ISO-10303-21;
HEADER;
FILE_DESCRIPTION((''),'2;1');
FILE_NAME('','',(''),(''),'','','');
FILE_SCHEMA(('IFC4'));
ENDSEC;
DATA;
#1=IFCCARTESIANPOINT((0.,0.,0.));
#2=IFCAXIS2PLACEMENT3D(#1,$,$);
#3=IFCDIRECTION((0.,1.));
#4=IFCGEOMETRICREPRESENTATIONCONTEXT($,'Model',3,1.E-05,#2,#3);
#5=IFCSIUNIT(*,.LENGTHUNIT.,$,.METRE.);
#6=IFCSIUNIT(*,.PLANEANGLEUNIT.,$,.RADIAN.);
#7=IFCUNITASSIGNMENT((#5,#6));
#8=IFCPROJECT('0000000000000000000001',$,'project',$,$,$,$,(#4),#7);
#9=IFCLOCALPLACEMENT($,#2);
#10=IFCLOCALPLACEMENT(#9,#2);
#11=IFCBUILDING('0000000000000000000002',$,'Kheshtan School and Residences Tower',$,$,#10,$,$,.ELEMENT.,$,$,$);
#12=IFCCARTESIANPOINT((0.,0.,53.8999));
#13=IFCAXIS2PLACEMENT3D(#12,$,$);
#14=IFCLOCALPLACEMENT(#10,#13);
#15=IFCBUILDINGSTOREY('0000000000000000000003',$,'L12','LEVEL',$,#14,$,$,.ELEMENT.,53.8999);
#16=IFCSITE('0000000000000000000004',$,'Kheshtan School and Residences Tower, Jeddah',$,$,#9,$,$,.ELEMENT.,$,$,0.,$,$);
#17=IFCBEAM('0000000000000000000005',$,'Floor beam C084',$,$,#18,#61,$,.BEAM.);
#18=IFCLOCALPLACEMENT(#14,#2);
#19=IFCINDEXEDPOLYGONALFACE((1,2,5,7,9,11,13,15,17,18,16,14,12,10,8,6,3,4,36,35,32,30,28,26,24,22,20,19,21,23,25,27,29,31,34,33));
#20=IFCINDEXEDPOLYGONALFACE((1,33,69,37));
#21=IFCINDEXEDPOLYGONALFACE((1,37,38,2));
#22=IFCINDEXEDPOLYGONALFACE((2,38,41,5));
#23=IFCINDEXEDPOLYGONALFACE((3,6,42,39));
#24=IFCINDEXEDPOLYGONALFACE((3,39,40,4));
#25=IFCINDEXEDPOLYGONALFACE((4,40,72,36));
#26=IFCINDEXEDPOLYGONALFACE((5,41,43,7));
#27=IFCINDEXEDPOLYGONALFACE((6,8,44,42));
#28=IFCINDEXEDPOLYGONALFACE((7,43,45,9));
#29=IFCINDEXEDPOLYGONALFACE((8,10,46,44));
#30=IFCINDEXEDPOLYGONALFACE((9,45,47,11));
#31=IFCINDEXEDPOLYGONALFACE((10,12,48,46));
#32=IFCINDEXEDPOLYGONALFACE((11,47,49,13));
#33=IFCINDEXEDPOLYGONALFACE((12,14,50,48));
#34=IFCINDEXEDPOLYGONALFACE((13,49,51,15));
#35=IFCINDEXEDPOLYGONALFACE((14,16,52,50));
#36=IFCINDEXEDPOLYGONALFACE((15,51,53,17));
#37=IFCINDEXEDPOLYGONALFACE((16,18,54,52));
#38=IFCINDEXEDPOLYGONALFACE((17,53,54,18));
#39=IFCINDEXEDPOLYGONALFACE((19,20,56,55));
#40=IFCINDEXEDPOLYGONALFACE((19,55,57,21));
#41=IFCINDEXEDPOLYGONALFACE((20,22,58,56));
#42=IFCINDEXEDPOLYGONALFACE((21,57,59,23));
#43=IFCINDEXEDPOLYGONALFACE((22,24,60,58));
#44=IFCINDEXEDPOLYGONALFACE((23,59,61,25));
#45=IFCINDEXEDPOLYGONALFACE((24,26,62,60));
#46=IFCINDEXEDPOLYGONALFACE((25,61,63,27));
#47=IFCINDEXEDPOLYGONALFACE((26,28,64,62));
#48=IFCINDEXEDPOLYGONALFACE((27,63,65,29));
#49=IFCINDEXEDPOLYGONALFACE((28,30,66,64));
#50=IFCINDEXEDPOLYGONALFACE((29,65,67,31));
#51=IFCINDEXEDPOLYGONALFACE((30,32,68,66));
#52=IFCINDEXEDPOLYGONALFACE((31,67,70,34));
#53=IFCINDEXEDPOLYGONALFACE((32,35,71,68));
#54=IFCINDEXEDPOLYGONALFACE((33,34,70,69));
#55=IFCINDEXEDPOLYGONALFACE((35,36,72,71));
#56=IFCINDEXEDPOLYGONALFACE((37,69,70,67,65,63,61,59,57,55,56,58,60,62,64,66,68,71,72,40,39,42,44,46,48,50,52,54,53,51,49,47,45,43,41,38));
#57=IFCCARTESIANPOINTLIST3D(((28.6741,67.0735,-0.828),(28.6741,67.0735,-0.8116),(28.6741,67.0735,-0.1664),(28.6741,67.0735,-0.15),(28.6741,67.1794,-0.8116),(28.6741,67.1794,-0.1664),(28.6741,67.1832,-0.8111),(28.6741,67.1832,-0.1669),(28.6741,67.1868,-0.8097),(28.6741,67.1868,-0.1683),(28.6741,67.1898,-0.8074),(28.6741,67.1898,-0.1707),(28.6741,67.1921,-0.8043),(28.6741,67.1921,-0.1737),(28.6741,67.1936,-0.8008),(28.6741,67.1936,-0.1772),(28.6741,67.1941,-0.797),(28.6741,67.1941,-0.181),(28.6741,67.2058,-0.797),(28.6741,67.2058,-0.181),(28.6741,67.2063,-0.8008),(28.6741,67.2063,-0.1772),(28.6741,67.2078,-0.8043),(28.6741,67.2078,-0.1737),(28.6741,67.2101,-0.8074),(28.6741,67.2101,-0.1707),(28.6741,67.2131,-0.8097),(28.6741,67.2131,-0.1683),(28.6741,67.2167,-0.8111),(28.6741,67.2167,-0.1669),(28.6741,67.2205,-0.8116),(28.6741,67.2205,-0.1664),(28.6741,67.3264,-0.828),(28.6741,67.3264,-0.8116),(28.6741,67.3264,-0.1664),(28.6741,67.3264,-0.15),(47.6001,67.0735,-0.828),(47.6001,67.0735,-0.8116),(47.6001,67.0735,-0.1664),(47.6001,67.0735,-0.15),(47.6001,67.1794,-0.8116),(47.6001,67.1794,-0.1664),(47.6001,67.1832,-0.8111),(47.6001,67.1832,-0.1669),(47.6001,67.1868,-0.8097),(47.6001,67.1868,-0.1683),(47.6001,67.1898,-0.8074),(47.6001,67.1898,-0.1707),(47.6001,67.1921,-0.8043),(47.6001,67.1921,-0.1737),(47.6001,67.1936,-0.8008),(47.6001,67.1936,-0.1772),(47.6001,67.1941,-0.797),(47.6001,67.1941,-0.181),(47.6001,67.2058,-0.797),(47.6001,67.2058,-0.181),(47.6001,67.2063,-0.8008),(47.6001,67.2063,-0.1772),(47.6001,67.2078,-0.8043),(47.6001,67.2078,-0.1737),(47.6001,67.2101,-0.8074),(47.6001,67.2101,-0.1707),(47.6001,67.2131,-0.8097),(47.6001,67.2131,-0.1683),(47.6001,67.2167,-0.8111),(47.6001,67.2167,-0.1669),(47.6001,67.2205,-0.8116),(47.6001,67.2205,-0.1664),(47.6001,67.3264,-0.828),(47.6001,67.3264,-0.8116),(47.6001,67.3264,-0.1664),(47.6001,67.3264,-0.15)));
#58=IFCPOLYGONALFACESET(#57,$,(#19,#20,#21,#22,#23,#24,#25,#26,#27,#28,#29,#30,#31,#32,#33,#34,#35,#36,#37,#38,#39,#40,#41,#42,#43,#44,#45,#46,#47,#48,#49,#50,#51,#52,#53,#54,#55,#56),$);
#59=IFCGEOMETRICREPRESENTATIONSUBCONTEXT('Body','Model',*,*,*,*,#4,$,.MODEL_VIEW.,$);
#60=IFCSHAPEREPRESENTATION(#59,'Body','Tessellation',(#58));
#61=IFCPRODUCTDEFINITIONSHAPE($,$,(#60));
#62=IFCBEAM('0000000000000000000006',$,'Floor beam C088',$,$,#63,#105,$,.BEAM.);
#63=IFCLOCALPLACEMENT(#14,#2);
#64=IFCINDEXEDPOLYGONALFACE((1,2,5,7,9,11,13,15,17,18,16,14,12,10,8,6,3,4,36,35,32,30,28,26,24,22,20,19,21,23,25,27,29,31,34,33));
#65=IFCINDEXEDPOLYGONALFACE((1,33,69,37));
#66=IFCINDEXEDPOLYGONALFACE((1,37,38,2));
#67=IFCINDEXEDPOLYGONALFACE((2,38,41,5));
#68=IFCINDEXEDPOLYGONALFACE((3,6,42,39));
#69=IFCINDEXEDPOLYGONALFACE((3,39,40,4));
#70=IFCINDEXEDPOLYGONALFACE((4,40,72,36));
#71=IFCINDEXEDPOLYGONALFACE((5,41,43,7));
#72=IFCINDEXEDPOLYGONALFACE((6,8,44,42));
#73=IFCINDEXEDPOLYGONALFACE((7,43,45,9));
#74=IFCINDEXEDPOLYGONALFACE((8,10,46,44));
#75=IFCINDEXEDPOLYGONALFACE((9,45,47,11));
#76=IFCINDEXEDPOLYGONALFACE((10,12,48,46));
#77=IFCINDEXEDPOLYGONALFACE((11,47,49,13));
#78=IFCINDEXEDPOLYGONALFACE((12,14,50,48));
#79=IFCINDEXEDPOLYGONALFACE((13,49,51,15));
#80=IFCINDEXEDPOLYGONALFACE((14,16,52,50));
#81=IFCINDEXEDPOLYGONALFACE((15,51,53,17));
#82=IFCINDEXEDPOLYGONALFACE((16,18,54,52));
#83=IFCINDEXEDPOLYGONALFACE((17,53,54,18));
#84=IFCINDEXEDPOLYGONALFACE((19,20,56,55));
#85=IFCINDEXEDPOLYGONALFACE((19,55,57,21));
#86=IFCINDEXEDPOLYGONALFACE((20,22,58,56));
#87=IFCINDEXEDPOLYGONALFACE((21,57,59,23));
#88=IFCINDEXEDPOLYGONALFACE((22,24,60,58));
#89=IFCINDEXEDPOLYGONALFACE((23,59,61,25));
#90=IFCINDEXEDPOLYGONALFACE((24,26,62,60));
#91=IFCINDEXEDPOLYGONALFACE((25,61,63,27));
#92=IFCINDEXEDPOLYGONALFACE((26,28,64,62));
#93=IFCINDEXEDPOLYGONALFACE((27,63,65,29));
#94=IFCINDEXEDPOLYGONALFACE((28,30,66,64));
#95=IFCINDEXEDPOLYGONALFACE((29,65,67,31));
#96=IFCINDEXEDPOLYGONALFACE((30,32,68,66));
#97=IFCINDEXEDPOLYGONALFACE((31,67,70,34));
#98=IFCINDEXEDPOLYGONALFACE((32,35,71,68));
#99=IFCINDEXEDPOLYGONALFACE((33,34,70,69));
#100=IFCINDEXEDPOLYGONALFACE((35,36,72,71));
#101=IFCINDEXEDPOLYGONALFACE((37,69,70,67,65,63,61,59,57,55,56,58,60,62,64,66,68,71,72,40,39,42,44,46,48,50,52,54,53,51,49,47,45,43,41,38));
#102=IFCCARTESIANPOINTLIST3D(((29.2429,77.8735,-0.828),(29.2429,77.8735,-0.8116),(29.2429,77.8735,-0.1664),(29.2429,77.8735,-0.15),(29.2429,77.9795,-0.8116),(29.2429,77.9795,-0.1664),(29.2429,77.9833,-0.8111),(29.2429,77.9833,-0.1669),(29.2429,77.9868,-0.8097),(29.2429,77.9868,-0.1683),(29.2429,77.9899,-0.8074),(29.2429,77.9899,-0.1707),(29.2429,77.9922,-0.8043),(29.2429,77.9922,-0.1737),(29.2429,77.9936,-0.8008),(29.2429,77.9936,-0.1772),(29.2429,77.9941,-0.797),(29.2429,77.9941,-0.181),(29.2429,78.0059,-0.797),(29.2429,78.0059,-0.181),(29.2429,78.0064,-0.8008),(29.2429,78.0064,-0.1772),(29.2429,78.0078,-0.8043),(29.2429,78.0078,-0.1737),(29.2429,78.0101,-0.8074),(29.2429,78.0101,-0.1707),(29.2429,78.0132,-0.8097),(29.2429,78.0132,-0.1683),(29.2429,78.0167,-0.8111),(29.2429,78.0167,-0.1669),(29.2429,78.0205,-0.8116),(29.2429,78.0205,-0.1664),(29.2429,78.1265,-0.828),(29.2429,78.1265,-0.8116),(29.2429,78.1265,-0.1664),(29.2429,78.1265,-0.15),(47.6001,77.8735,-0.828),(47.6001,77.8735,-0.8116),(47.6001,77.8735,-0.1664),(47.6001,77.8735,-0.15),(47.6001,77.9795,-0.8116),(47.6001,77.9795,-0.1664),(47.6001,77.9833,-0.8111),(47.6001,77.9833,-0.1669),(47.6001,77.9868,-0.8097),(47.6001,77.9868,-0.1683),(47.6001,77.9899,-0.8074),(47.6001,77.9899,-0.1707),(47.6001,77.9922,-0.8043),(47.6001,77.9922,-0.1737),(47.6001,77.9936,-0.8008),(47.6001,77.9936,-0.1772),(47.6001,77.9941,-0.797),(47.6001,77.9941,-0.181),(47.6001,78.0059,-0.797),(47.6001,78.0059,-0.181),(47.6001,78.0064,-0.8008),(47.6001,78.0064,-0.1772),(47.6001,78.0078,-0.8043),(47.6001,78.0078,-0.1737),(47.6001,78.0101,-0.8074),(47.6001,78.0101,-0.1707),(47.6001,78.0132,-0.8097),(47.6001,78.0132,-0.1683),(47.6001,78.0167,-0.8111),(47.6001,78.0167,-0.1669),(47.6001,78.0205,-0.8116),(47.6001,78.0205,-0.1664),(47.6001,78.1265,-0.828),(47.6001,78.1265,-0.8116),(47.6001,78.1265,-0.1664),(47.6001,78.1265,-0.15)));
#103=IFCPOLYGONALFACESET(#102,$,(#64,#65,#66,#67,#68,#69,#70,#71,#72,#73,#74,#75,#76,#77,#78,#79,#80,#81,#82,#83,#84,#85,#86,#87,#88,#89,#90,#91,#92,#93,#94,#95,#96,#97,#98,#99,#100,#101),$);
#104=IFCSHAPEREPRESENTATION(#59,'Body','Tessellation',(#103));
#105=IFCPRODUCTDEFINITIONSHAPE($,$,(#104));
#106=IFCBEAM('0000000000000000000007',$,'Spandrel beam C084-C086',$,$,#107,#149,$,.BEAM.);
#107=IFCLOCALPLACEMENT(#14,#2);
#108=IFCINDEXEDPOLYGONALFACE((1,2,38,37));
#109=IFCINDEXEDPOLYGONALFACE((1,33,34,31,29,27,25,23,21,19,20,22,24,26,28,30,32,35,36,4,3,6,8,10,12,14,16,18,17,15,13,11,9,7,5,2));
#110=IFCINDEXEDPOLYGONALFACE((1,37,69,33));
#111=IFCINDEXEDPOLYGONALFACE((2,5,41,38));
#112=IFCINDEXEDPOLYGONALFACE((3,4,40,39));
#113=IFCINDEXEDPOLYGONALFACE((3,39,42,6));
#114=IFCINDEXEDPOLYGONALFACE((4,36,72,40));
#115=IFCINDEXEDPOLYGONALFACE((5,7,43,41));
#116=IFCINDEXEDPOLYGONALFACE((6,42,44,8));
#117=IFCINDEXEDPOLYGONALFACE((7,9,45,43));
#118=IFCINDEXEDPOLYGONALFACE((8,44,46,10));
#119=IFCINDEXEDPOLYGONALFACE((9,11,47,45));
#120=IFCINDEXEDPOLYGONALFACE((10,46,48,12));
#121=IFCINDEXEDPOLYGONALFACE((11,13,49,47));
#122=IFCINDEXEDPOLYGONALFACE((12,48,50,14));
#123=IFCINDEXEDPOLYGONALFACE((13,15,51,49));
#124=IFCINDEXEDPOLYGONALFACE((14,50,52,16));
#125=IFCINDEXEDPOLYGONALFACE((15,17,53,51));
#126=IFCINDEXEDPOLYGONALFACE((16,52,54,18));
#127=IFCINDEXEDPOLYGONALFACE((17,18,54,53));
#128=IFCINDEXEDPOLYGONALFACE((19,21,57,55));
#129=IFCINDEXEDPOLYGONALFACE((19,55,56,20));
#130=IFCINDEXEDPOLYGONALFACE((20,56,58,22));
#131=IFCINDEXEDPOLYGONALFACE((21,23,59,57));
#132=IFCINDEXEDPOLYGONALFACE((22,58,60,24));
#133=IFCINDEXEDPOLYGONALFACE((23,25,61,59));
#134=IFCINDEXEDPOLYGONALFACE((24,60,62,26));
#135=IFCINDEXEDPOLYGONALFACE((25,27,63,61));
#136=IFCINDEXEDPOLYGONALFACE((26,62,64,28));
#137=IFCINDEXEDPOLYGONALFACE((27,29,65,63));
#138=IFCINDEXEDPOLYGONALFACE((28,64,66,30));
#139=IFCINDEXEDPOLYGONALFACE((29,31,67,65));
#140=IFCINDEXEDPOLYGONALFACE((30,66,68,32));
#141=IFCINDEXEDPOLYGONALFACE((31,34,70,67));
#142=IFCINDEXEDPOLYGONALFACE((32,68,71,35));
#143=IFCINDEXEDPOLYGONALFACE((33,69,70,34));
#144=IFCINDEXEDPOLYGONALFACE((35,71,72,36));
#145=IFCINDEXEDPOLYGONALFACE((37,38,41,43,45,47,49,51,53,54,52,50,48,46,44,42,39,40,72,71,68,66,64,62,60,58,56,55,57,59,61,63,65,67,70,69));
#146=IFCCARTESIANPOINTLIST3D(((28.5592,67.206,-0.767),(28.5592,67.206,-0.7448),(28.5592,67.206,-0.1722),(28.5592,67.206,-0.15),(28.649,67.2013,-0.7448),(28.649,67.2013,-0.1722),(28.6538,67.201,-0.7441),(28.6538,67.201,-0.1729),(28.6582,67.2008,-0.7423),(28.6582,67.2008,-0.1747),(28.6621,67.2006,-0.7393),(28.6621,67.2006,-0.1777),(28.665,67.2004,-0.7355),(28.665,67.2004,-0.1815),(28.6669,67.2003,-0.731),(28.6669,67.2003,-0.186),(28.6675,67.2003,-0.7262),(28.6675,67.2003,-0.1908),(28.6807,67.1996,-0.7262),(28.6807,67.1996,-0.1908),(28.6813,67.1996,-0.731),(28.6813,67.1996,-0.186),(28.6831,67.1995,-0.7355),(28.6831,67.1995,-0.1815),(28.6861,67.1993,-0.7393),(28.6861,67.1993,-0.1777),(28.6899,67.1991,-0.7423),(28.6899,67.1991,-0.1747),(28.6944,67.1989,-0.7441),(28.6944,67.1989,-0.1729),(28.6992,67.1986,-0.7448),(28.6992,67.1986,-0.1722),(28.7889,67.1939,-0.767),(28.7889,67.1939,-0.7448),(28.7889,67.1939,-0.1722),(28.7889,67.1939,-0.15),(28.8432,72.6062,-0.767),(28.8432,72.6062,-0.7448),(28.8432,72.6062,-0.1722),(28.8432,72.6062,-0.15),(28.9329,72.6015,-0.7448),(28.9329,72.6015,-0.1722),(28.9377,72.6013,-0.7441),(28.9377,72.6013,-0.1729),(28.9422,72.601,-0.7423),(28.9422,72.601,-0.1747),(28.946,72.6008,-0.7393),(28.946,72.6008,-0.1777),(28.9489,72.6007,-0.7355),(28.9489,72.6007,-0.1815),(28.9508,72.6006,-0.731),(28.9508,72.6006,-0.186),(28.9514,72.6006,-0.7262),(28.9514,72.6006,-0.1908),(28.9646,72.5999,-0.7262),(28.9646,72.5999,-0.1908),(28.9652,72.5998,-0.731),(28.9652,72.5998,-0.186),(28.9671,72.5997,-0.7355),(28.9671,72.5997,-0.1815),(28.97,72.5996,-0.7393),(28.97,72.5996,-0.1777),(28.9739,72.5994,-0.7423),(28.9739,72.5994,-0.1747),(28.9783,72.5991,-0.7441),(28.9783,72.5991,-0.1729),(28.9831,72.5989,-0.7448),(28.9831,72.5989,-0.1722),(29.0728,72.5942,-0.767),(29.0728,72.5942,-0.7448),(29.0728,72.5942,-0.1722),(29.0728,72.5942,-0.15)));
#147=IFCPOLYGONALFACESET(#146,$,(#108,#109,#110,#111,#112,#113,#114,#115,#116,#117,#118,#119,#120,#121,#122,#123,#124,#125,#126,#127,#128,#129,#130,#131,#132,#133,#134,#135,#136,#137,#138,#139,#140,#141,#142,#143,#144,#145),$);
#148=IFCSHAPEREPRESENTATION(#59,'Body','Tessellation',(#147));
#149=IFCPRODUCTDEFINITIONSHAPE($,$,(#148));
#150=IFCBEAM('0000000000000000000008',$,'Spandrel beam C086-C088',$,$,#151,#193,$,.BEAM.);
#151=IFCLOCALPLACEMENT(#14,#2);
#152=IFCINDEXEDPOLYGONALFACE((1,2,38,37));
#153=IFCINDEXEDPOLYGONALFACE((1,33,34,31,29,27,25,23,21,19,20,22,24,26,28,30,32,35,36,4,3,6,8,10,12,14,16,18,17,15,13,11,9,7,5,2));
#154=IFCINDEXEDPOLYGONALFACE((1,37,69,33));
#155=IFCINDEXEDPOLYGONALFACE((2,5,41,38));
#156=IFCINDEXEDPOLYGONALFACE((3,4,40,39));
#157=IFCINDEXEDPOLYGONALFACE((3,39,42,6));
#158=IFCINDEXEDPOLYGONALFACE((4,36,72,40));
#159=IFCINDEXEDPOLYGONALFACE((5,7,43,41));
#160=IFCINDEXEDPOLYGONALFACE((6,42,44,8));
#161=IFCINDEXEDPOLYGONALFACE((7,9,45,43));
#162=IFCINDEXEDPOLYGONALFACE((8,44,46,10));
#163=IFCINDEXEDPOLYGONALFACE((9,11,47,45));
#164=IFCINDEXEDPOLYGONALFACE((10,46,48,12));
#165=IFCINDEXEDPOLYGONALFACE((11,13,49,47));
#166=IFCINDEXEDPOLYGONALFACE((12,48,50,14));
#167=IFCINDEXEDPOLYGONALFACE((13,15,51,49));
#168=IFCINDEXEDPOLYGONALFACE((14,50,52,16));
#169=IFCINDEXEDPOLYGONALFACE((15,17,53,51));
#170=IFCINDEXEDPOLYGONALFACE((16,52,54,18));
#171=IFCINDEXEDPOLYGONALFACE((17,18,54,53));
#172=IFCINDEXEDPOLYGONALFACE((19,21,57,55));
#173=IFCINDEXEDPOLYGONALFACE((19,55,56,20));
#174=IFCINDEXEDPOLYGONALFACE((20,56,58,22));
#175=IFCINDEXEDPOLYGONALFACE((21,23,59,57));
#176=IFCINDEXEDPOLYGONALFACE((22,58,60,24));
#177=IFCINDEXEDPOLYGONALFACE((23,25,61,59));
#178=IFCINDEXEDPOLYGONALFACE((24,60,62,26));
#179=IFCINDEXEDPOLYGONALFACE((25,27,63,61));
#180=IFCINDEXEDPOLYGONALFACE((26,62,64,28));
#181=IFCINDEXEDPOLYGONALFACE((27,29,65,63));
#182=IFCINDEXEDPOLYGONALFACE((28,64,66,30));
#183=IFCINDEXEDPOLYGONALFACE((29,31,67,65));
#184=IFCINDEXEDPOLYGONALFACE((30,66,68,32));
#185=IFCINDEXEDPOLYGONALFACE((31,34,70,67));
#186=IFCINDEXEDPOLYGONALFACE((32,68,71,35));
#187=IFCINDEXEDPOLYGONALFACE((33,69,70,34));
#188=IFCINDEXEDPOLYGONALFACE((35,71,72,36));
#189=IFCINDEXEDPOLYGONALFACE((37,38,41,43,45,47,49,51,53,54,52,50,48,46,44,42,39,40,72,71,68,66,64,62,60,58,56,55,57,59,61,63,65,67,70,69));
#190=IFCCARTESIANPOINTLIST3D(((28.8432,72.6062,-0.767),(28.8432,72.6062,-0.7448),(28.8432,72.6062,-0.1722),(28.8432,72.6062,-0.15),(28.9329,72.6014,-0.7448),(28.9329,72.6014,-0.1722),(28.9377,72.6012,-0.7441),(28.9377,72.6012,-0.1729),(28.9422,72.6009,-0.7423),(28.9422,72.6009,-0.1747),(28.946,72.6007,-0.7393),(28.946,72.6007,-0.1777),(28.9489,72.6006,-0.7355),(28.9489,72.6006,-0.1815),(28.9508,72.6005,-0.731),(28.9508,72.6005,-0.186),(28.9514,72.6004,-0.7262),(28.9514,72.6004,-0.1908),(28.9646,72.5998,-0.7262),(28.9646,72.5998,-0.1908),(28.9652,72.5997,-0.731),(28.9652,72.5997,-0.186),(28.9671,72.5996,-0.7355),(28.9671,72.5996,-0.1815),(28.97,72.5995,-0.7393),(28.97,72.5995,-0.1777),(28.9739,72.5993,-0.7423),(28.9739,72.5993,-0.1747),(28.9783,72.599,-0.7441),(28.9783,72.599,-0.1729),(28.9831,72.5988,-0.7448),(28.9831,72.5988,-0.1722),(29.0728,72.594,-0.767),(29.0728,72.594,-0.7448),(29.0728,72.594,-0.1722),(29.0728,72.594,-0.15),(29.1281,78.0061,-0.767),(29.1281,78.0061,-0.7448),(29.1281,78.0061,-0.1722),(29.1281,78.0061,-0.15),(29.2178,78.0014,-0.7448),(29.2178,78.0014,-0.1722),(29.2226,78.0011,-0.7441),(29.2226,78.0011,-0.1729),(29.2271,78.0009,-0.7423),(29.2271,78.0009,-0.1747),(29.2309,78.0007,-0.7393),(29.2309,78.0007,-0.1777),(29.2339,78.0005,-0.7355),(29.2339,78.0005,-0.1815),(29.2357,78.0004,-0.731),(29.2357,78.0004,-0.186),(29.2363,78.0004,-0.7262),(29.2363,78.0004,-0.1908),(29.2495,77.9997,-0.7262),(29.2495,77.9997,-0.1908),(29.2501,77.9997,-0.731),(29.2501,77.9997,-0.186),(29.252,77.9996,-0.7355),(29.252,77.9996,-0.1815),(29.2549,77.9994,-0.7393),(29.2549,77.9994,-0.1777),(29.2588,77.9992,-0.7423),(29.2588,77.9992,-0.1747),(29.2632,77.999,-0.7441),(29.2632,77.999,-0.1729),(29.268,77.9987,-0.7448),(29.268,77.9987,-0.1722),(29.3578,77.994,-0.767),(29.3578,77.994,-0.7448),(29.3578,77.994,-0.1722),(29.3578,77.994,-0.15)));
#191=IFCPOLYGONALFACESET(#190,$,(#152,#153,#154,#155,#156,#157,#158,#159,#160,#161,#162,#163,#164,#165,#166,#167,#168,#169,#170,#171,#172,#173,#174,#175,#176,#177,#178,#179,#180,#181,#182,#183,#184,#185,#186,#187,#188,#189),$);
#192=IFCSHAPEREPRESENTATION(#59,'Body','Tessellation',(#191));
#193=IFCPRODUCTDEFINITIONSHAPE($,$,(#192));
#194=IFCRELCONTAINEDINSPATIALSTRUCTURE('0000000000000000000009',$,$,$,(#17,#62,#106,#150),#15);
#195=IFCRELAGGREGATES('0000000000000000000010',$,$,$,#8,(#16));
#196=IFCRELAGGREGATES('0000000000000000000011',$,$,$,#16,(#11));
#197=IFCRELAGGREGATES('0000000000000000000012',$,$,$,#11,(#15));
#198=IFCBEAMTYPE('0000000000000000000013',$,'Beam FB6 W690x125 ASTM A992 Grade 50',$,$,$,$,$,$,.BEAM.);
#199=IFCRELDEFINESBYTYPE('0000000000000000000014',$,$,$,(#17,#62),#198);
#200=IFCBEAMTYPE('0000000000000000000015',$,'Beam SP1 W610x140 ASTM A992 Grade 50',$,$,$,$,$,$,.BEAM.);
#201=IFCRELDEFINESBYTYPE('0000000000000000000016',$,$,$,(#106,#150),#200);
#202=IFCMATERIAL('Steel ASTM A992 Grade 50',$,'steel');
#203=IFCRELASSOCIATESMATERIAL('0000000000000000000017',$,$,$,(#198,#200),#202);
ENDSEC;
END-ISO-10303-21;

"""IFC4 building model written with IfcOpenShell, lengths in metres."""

from ifc_helpers import new_model, si_unit, direction, frame, origin, origin_2d, place, context, subcontext, project, spatial, i_section, extrude, material, material_profile, profile_set, type_object, element, save


model = new_model("IFC4")

# Units and contexts
model_context = context("Model", 3, precision=1e-05, world=origin(), true_north=direction((0.0, 1.0)))
body_context = subcontext(model_context, "Body", "Model", "MODEL_VIEW")
ifc_project = project(units=[si_unit("LENGTHUNIT", "METRE"), si_unit("PLANEANGLEUNIT", "RADIAN")], contexts=[model_context])

# Site, building, storey
site_placement = place(None, origin())
site = spatial("IfcSite", under=ifc_project, at=site_placement, Name="Kheshtan School and Residences Tower, Jeddah", CompositionType="ELEMENT", RefElevation=0.0)
building_placement = place(site_placement, origin())
building = spatial("IfcBuilding", under=site, at=building_placement, Name="Kheshtan School and Residences Tower", CompositionType="ELEMENT")
storey_placement = place(building_placement, frame((0.0, 0.0, 53.8999)))
storey = spatial("IfcBuildingStorey", under=building, at=storey_placement, Name="L12", Description="LEVEL", CompositionType="ELEMENT", Elevation=53.8999)

# Shared definitions
ifc_material_1 = material(Name="Steel ASTM A992 Grade 50", Category="steel")

# Beams
ifc_material_profile_1 = material_profile(ifc_material_1, i_section(OverallWidth=0.2529, OverallDepth=0.678, WebThickness=0.0117, FlangeThickness=0.0164, FilletRadius=0.0146, at=origin_2d()), Name="W690x125")
ifc_profile_set_1 = profile_set([ifc_material_profile_1], Name="Steel ASTM A992 Grade 50")
beam_type_1 = type_object("IfcBeamType", Name="Beam FB6 W690x125 ASTM A992 Grade 50", PredefinedType="BEAM", material=ifc_profile_set_1)
beam_1_placement = place(storey_placement, frame((28.6741, 67.2, -0.489), z_axis=(1.0, 0.0, 0.0), x_axis=(0.0, 1.0, 0.0)))
element("IfcBeam", 1, at=beam_1_placement, inside=storey, type_object=beam_type_1, Name="Floor beam C084", PredefinedType="BEAM", context=body_context, shape_type="SweptSolid", body=[
    extrude(i_section(OverallWidth=0.2529, OverallDepth=0.678, WebThickness=0.0117, FlangeThickness=0.0164, FilletRadius=0.0146, at=origin_2d()), origin(), (0.0, 0.0, 1.0), 18.926),
])
beam_2_placement = place(storey_placement, frame((29.2429, 78.0, -0.489), z_axis=(1.0, 0.0, 0.0), x_axis=(0.0, 1.0, 0.0)))
element("IfcBeam", 2, at=beam_2_placement, inside=storey, type_object=beam_type_1, Name="Floor beam C088", PredefinedType="BEAM", context=body_context, shape_type="SweptSolid", body=[
    extrude(i_section(OverallWidth=0.2529, OverallDepth=0.678, WebThickness=0.0117, FlangeThickness=0.0164, FilletRadius=0.0146, at=origin_2d()), origin(), (0.0, 0.0, 1.0), 18.3572),
])
ifc_material_profile_2 = material_profile(ifc_material_1, i_section(OverallWidth=0.23, OverallDepth=0.6169, WebThickness=0.0132, FlangeThickness=0.0222, FilletRadius=0.0186, at=origin_2d()), Name="W610x140")
ifc_profile_set_2 = profile_set([ifc_material_profile_2], Name="Steel ASTM A992 Grade 50")
beam_type_2 = type_object("IfcBeamType", Name="Beam SP1 W610x140 ASTM A992 Grade 50", PredefinedType="BEAM", material=ifc_profile_set_2)
beam_3_placement = place(storey_placement, frame((28.6741, 67.2, -0.4585), z_axis=(0.052507, 0.998621, 0.0), x_axis=(-0.998621, 0.052507, 0.0)))
element("IfcBeam", 3, at=beam_3_placement, inside=storey, type_object=beam_type_2, Name="Spandrel beam C084-C086", PredefinedType="BEAM", context=body_context, shape_type="SweptSolid", body=[
    extrude(i_section(OverallWidth=0.23, OverallDepth=0.6169, WebThickness=0.0132, FlangeThickness=0.0222, FilletRadius=0.0186, at=origin_2d()), origin(), (0.0, 0.0, 1.0), 5.4077),
])
for number, where, z_axis, x_axis, name in (
    (4, (28.958, 72.6001, -0.4585), (0.052689, 0.998611, 0.0), (-0.998611, 0.052689, 0.0), "Spandrel beam C086-C088"),
):
    element("IfcBeam", number, at=place(storey_placement, frame(where, z_axis=z_axis, x_axis=x_axis)), inside=storey, type_object=beam_type_2, Name=name, PredefinedType="BEAM", context=body_context, shape_type="SweptSolid", body=[
        extrude(i_section(OverallWidth=0.23, OverallDepth=0.6169, WebThickness=0.0132, FlangeThickness=0.0222, FilletRadius=0.0186, at=origin_2d()), origin(), (0.0, 0.0, 1.0), 5.4075),
    ])

save(model, "model.ifc")
